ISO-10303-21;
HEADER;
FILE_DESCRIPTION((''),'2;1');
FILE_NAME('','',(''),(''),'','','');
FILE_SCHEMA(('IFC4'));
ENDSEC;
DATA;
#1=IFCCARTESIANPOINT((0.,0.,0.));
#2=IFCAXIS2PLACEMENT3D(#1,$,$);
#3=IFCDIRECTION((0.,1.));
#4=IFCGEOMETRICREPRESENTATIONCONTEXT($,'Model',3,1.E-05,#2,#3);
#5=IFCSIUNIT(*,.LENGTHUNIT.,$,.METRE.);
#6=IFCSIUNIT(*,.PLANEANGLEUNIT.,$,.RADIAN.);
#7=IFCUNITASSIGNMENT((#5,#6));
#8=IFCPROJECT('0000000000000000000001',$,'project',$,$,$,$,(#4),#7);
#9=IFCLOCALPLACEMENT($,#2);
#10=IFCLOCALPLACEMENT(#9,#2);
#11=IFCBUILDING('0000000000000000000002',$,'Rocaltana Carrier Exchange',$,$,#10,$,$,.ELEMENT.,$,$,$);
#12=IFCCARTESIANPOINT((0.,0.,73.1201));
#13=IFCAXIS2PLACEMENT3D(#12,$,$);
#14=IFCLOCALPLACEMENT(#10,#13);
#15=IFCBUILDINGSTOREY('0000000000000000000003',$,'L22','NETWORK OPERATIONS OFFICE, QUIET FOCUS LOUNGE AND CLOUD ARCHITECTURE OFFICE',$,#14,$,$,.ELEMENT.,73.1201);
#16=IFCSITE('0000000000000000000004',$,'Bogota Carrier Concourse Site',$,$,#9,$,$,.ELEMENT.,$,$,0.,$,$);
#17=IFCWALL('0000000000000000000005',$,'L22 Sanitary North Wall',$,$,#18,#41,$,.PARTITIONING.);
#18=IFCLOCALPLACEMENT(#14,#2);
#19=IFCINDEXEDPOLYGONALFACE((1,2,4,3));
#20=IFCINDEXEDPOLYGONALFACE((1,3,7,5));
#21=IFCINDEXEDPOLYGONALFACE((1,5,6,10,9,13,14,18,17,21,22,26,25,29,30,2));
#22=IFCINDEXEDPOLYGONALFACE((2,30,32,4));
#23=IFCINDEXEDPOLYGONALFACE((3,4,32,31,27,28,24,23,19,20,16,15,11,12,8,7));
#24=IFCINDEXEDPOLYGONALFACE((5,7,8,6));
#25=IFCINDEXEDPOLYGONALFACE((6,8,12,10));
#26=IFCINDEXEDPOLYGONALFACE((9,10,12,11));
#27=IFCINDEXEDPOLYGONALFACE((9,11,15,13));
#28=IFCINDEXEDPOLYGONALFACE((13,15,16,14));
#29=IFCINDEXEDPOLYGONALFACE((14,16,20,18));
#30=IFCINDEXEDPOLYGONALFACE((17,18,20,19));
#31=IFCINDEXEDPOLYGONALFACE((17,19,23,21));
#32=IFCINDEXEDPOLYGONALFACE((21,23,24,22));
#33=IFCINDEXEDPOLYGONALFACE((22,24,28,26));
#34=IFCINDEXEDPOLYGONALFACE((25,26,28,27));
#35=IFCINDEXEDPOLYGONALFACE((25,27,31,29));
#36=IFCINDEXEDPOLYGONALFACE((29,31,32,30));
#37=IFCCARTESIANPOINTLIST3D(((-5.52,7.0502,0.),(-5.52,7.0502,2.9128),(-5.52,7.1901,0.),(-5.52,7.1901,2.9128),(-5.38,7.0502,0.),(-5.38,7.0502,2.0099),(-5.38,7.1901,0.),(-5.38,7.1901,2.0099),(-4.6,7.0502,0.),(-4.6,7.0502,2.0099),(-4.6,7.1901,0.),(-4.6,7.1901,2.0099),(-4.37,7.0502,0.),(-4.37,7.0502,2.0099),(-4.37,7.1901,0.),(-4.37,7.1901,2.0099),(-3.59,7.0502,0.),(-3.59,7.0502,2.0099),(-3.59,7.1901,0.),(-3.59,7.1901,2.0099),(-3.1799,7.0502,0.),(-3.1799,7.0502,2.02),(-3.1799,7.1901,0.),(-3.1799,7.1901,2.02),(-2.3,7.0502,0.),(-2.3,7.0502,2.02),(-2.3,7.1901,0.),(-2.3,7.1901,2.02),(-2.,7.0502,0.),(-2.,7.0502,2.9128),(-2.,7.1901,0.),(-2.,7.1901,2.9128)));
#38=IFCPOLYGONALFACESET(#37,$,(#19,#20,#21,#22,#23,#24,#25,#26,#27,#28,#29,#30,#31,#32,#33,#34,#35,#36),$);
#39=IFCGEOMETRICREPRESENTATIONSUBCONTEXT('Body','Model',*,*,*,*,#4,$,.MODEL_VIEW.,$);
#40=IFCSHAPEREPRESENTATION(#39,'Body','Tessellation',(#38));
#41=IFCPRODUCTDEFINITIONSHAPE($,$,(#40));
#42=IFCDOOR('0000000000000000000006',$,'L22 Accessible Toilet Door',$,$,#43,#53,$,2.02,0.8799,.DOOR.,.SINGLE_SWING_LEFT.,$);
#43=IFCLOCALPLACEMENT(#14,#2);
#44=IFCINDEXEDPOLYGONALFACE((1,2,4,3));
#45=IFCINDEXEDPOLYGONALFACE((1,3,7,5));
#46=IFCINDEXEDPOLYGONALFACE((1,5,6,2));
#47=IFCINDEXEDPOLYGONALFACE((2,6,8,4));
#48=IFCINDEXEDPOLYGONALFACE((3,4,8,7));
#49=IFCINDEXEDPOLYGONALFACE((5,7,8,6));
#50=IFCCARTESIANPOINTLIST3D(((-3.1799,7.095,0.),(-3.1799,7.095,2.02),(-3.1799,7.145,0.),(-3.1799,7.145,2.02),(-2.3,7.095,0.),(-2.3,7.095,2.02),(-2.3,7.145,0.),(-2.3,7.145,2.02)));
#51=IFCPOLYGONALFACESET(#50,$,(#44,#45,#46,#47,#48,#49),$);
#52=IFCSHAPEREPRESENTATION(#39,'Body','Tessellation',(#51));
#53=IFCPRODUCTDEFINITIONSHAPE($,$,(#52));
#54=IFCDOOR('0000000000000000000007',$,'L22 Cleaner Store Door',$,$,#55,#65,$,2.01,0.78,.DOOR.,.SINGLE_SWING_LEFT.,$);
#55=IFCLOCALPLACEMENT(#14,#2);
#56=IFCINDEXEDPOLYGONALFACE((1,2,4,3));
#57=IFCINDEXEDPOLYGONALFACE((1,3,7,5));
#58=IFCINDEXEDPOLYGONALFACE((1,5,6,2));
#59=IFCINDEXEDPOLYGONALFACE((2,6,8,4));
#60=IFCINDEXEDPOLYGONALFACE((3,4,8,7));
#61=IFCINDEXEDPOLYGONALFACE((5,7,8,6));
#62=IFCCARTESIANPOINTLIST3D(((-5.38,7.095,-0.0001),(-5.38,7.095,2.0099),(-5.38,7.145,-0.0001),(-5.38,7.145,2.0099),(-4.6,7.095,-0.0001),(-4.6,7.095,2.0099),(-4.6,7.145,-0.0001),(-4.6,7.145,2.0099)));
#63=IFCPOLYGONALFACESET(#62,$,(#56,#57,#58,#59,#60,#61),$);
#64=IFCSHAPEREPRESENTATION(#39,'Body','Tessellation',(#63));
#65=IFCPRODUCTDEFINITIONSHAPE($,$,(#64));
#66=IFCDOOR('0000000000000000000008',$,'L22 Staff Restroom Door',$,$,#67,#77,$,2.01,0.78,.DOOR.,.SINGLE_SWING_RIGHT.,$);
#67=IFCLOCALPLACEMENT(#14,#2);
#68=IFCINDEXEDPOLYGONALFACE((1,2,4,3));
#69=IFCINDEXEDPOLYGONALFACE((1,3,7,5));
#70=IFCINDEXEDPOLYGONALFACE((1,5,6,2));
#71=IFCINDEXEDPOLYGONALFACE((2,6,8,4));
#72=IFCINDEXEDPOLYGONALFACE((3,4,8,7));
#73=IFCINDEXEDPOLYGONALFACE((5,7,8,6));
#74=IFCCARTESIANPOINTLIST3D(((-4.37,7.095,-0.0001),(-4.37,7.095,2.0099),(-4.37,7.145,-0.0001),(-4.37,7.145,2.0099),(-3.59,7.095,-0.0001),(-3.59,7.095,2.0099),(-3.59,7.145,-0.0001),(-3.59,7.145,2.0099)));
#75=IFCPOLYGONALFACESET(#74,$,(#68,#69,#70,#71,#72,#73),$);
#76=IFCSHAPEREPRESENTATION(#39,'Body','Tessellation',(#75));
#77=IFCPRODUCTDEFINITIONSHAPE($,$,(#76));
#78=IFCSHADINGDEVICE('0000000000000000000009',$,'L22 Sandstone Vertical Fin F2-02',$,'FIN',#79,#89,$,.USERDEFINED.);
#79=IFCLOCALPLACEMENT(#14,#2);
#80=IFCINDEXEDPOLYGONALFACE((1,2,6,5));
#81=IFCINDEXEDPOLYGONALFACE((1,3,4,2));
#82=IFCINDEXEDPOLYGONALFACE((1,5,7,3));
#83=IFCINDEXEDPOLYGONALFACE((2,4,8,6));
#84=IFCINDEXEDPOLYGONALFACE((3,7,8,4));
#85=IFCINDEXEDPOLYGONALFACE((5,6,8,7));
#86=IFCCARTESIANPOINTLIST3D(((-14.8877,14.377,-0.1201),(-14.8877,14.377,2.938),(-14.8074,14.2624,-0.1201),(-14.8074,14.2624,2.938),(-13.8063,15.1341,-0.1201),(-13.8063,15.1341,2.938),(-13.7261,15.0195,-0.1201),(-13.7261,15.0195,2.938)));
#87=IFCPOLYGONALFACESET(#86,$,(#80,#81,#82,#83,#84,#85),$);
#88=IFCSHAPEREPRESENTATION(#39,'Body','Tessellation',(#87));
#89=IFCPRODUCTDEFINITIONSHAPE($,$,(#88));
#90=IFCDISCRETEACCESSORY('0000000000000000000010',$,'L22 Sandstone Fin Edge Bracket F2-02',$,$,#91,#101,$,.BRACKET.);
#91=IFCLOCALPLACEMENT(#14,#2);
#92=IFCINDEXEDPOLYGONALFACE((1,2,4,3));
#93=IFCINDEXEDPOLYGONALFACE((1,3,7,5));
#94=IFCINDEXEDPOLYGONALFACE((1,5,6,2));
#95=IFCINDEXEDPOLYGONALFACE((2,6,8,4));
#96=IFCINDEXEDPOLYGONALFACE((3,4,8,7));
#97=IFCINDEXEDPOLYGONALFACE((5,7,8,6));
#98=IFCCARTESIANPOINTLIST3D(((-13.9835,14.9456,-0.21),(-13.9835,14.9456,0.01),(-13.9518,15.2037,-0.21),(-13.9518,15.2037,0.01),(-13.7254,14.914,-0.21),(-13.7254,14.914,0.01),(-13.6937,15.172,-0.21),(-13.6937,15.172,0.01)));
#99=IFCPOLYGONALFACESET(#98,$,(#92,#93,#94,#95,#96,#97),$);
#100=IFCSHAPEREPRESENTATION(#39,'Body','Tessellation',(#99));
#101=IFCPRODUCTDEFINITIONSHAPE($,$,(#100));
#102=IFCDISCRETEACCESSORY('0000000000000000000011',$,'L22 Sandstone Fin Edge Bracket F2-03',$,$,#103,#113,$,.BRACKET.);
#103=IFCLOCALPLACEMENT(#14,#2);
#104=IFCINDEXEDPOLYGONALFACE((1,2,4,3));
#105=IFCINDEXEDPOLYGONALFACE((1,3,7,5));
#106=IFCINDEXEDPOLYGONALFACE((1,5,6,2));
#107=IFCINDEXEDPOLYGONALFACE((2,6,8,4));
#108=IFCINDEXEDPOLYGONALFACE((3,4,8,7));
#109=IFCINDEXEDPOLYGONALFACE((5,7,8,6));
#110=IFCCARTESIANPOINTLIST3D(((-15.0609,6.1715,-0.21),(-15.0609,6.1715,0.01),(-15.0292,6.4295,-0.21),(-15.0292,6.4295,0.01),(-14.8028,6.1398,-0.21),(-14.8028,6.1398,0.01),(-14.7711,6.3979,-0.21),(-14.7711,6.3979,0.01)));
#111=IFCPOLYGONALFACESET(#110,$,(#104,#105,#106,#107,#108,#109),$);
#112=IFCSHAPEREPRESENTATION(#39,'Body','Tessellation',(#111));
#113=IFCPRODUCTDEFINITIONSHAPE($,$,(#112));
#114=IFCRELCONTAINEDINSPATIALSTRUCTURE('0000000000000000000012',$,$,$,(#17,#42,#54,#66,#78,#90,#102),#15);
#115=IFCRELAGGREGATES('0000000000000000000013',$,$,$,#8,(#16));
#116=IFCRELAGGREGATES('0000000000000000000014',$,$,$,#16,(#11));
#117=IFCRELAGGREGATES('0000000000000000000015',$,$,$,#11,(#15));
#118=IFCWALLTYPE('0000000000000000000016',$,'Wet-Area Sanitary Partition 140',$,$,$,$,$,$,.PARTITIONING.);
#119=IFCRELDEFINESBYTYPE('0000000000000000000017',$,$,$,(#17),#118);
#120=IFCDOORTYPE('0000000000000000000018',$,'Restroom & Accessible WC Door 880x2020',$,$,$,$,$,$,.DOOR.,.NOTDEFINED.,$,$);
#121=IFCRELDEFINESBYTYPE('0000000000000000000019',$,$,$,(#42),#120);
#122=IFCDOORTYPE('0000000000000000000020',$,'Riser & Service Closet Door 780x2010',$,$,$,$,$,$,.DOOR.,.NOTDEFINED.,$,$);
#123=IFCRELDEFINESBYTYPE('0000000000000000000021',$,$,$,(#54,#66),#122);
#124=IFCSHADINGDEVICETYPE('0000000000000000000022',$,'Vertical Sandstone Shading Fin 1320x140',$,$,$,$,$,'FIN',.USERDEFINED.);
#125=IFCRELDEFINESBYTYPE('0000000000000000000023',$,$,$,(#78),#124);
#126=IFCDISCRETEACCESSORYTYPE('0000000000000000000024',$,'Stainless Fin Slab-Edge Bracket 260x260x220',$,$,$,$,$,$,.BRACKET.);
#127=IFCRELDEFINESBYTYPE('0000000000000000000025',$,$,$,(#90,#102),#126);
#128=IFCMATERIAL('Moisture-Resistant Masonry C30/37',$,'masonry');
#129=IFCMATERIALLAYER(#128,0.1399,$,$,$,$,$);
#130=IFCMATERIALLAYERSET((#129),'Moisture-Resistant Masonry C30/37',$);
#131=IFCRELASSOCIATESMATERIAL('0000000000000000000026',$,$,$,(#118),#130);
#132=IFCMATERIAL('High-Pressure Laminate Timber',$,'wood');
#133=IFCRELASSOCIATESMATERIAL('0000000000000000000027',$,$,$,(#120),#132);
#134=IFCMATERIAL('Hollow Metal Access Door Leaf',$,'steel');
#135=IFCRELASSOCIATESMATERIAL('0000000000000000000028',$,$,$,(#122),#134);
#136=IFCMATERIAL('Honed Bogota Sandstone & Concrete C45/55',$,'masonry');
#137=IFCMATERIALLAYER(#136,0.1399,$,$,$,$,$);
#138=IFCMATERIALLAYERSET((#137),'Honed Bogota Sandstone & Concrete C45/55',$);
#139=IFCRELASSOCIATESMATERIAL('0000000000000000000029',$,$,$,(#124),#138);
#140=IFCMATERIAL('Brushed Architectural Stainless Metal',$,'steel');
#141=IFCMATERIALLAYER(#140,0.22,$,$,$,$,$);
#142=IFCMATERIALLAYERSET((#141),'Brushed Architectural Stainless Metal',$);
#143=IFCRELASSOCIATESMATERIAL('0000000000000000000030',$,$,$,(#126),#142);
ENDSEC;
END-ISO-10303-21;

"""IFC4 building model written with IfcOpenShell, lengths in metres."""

from ifc_helpers import new_model, si_unit, direction, frame, frame_2d, origin, origin_2d, place, context, subcontext, project, spatial, rectangle, extrude, material, layer, layer_set, type_object, element, fill, save


model = new_model("IFC4")

# Units and contexts
model_context = context("Model", 3, precision=1e-05, world=origin(), true_north=direction((0.0, 1.0)))
body_context = subcontext(model_context, "Body", "Model", "MODEL_VIEW")
ifc_project = project(units=[si_unit("LENGTHUNIT", "METRE"), si_unit("PLANEANGLEUNIT", "RADIAN")], contexts=[model_context])

# Site, building, storey
site_placement = place(None, origin())
site = spatial("IfcSite", under=ifc_project, at=site_placement, Name="Bogota Carrier Concourse Site", CompositionType="ELEMENT", RefElevation=0.0)
building_placement = place(site_placement, origin())
building = spatial("IfcBuilding", under=site, at=building_placement, Name="Rocaltana Carrier Exchange", CompositionType="ELEMENT")
storey_placement = place(building_placement, frame((0.0, 0.0, 73.1201)))
storey = spatial("IfcBuildingStorey", under=building, at=storey_placement, Name="L22", Description="NETWORK OPERATIONS OFFICE, QUIET FOCUS LOUNGE AND CLOUD ARCHITECTURE OFFICE", CompositionType="ELEMENT", Elevation=73.1201)

# Wall, openings, doors
ifc_material_1 = material(Name="Moisture-Resistant Masonry C30/37", Category="masonry")
ifc_layer_1 = layer(ifc_material_1, 0.1399)
ifc_layer_set_1 = layer_set([ifc_layer_1], Name="Moisture-Resistant Masonry C30/37")
wall_type_1 = type_object("IfcWallType", Name="Wet-Area Sanitary Partition 140", PredefinedType="PARTITIONING", material=ifc_layer_set_1)
wall_1_placement = place(storey_placement, frame((-5.52, 7.1201, 0.0), z_axis=(0.0, 0.0, 1.0), x_axis=(1.0, 0.0, 0.0)))
wall_1 = element("IfcWall", 1, at=wall_1_placement, inside=storey, type_object=wall_type_1, Name="L22 Sanitary North Wall", PredefinedType="PARTITIONING", context=body_context, shape_type="SweptSolid", body=[
    extrude(rectangle(XDim=3.52, YDim=0.1399, at=frame_2d((1.76, 0.0))), origin(), (0.0, 0.0, 1.0), 2.9128),
])
opening_1_placement = place(wall_1_placement, frame((0.1399, 0.0, 0.0)))
opening_1 = element("IfcOpeningElement", 2, at=opening_1_placement, cuts=wall_1, PredefinedType="OPENING", context=body_context, shape_type="SweptSolid", body=[
    extrude(rectangle(XDim=0.78, YDim=2.01, at=frame_2d((0.3901, 1.0049))), frame((0.0, 0.0798, 0.0), z_axis=(0.0, -1.0, 0.0), x_axis=(1.0, 0.0, 0.0)), (0.0, 0.0, 1.0), 0.1599),
])
opening_2_placement = place(wall_1_placement, frame((1.1499, 0.0, 0.0)))
opening_2 = element("IfcOpeningElement", 3, at=opening_2_placement, cuts=wall_1, PredefinedType="OPENING", context=body_context, shape_type="SweptSolid", body=[
    extrude(rectangle(XDim=0.78, YDim=2.01, at=frame_2d((0.3901, 1.0049))), frame((0.0, 0.0798, 0.0), z_axis=(0.0, -1.0, 0.0), x_axis=(1.0, 0.0, 0.0)), (0.0, 0.0, 1.0), 0.1599),
])
opening_3_placement = place(wall_1_placement, frame((2.3401, 0.0, 0.0)))
opening_3 = element("IfcOpeningElement", 4, at=opening_3_placement, cuts=wall_1, PredefinedType="OPENING", context=body_context, shape_type="SweptSolid", body=[
    extrude(rectangle(XDim=0.8799, YDim=2.02, at=frame_2d((0.4399, 1.01))), frame((0.0, 0.0798, 0.0), z_axis=(0.0, -1.0, 0.0), x_axis=(1.0, 0.0, 0.0)), (0.0, 0.0, 1.0), 0.1599),
])
ifc_material_2 = material(Name="High-Pressure Laminate Timber", Category="wood")
door_type_1 = type_object("IfcDoorType", Name="Restroom & Accessible WC Door 880x2020", OperationType="NOTDEFINED", PredefinedType="DOOR", material=ifc_material_2)
door_1_placement = place(opening_3_placement, origin())
door_1 = element("IfcDoor", 5, at=door_1_placement, inside=storey, type_object=door_type_1, Name="L22 Accessible Toilet Door", OperationType="SINGLE_SWING_LEFT", OverallHeight=2.02, OverallWidth=0.8799, PredefinedType="DOOR", context=body_context, shape_type="SweptSolid", body=[
    extrude(rectangle(XDim=0.8799, YDim=2.02, at=frame_2d((0.4399, 1.01))), frame((0.0, 0.0249, 0.0), z_axis=(0.0, -1.0, 0.0), x_axis=(1.0, 0.0, 0.0)), (0.0, 0.0, 1.0), 0.05),
])
fill(opening_3, door_1)
ifc_material_3 = material(Name="Hollow Metal Access Door Leaf", Category="steel")
door_type_2 = type_object("IfcDoorType", Name="Riser & Service Closet Door 780x2010", OperationType="NOTDEFINED", PredefinedType="DOOR", material=ifc_material_3)
door_2_placement = place(opening_1_placement, origin())
door_2 = element("IfcDoor", 6, at=door_2_placement, inside=storey, type_object=door_type_2, Name="L22 Cleaner Store Door", OperationType="SINGLE_SWING_LEFT", OverallHeight=2.01, OverallWidth=0.78, PredefinedType="DOOR", context=body_context, shape_type="SweptSolid", body=[
    extrude(rectangle(XDim=0.78, YDim=2.01, at=frame_2d((0.3901, 1.0049))), frame((0.0, 0.0249, 0.0), z_axis=(0.0, -1.0, 0.0), x_axis=(1.0, 0.0, 0.0)), (0.0, 0.0, 1.0), 0.05),
])
fill(opening_1, door_2)
door_3_placement = place(opening_2_placement, origin())
door_3 = element("IfcDoor", 7, at=door_3_placement, inside=storey, type_object=door_type_2, Name="L22 Staff Restroom Door", OperationType="SINGLE_SWING_RIGHT", OverallHeight=2.01, OverallWidth=0.78, PredefinedType="DOOR", context=body_context, shape_type="SweptSolid", body=[
    extrude(rectangle(XDim=0.78, YDim=2.01, at=frame_2d((0.3901, 1.0049))), frame((0.0, 0.0249, 0.0), z_axis=(0.0, -1.0, 0.0), x_axis=(1.0, 0.0, 0.0)), (0.0, 0.0, 1.0), 0.05),
])
fill(opening_2, door_3)

# Shading device
ifc_material_4 = material(Name="Honed Bogota Sandstone & Concrete C45/55", Category="masonry")
ifc_layer_2 = layer(ifc_material_4, 0.1399)
ifc_layer_set_2 = layer_set([ifc_layer_2], Name="Honed Bogota Sandstone & Concrete C45/55")
shading_device_type = type_object("IfcShadingDeviceType", Name="Vertical Sandstone Shading Fin 1320x140", ElementType="FIN", PredefinedType="USERDEFINED", material=ifc_layer_set_2)
shading_device_placement = place(storey_placement, frame((-14.3069, 14.6982, -0.1201), z_axis=(0.0, 0.0, 1.0), x_axis=(-0.819152, -0.573576, 0.0)))
element("IfcShadingDevice", 8, at=shading_device_placement, inside=storey, type_object=shading_device_type, Name="L22 Sandstone Vertical Fin F2-02", ObjectType="FIN", PredefinedType="USERDEFINED", context=body_context, shape_type="SweptSolid", body=[
    extrude(rectangle(XDim=1.3201, YDim=0.1399, at=origin_2d()), origin(), (0.0, 0.0, 1.0), 3.0581),
])

# Discrete accessories
ifc_material_5 = material(Name="Brushed Architectural Stainless Metal", Category="steel")
ifc_layer_3 = layer(ifc_material_5, 0.22)
ifc_layer_set_3 = layer_set([ifc_layer_3], Name="Brushed Architectural Stainless Metal")
discrete_accessory_type = type_object("IfcDiscreteAccessoryType", Name="Stainless Fin Slab-Edge Bracket 260x260x220", PredefinedType="BRACKET", material=ifc_layer_set_3)
for number, where, z_axis, x_axis, name in (
    (9, (-13.8386, 15.0588, -0.21), (0.0, 0.0, 1.0), (-0.121869, -0.992546, 0.0), "L22 Sandstone Fin Edge Bracket F2-02"),
    (10, (-14.916, 6.2847, -0.21), (0.0, 0.0, 1.0), (-0.121869, -0.992546, 0.0), "L22 Sandstone Fin Edge Bracket F2-03"),
):
    element("IfcDiscreteAccessory", number, at=place(storey_placement, frame(where, z_axis=z_axis, x_axis=x_axis)), inside=storey, type_object=discrete_accessory_type, Name=name, PredefinedType="BRACKET", context=body_context, shape_type="SweptSolid", body=[
        extrude(rectangle(XDim=0.26, YDim=0.26, at=origin_2d()), origin(), (0.0, 0.0, 1.0), 0.22),
    ])

save(model, "model.ifc")
